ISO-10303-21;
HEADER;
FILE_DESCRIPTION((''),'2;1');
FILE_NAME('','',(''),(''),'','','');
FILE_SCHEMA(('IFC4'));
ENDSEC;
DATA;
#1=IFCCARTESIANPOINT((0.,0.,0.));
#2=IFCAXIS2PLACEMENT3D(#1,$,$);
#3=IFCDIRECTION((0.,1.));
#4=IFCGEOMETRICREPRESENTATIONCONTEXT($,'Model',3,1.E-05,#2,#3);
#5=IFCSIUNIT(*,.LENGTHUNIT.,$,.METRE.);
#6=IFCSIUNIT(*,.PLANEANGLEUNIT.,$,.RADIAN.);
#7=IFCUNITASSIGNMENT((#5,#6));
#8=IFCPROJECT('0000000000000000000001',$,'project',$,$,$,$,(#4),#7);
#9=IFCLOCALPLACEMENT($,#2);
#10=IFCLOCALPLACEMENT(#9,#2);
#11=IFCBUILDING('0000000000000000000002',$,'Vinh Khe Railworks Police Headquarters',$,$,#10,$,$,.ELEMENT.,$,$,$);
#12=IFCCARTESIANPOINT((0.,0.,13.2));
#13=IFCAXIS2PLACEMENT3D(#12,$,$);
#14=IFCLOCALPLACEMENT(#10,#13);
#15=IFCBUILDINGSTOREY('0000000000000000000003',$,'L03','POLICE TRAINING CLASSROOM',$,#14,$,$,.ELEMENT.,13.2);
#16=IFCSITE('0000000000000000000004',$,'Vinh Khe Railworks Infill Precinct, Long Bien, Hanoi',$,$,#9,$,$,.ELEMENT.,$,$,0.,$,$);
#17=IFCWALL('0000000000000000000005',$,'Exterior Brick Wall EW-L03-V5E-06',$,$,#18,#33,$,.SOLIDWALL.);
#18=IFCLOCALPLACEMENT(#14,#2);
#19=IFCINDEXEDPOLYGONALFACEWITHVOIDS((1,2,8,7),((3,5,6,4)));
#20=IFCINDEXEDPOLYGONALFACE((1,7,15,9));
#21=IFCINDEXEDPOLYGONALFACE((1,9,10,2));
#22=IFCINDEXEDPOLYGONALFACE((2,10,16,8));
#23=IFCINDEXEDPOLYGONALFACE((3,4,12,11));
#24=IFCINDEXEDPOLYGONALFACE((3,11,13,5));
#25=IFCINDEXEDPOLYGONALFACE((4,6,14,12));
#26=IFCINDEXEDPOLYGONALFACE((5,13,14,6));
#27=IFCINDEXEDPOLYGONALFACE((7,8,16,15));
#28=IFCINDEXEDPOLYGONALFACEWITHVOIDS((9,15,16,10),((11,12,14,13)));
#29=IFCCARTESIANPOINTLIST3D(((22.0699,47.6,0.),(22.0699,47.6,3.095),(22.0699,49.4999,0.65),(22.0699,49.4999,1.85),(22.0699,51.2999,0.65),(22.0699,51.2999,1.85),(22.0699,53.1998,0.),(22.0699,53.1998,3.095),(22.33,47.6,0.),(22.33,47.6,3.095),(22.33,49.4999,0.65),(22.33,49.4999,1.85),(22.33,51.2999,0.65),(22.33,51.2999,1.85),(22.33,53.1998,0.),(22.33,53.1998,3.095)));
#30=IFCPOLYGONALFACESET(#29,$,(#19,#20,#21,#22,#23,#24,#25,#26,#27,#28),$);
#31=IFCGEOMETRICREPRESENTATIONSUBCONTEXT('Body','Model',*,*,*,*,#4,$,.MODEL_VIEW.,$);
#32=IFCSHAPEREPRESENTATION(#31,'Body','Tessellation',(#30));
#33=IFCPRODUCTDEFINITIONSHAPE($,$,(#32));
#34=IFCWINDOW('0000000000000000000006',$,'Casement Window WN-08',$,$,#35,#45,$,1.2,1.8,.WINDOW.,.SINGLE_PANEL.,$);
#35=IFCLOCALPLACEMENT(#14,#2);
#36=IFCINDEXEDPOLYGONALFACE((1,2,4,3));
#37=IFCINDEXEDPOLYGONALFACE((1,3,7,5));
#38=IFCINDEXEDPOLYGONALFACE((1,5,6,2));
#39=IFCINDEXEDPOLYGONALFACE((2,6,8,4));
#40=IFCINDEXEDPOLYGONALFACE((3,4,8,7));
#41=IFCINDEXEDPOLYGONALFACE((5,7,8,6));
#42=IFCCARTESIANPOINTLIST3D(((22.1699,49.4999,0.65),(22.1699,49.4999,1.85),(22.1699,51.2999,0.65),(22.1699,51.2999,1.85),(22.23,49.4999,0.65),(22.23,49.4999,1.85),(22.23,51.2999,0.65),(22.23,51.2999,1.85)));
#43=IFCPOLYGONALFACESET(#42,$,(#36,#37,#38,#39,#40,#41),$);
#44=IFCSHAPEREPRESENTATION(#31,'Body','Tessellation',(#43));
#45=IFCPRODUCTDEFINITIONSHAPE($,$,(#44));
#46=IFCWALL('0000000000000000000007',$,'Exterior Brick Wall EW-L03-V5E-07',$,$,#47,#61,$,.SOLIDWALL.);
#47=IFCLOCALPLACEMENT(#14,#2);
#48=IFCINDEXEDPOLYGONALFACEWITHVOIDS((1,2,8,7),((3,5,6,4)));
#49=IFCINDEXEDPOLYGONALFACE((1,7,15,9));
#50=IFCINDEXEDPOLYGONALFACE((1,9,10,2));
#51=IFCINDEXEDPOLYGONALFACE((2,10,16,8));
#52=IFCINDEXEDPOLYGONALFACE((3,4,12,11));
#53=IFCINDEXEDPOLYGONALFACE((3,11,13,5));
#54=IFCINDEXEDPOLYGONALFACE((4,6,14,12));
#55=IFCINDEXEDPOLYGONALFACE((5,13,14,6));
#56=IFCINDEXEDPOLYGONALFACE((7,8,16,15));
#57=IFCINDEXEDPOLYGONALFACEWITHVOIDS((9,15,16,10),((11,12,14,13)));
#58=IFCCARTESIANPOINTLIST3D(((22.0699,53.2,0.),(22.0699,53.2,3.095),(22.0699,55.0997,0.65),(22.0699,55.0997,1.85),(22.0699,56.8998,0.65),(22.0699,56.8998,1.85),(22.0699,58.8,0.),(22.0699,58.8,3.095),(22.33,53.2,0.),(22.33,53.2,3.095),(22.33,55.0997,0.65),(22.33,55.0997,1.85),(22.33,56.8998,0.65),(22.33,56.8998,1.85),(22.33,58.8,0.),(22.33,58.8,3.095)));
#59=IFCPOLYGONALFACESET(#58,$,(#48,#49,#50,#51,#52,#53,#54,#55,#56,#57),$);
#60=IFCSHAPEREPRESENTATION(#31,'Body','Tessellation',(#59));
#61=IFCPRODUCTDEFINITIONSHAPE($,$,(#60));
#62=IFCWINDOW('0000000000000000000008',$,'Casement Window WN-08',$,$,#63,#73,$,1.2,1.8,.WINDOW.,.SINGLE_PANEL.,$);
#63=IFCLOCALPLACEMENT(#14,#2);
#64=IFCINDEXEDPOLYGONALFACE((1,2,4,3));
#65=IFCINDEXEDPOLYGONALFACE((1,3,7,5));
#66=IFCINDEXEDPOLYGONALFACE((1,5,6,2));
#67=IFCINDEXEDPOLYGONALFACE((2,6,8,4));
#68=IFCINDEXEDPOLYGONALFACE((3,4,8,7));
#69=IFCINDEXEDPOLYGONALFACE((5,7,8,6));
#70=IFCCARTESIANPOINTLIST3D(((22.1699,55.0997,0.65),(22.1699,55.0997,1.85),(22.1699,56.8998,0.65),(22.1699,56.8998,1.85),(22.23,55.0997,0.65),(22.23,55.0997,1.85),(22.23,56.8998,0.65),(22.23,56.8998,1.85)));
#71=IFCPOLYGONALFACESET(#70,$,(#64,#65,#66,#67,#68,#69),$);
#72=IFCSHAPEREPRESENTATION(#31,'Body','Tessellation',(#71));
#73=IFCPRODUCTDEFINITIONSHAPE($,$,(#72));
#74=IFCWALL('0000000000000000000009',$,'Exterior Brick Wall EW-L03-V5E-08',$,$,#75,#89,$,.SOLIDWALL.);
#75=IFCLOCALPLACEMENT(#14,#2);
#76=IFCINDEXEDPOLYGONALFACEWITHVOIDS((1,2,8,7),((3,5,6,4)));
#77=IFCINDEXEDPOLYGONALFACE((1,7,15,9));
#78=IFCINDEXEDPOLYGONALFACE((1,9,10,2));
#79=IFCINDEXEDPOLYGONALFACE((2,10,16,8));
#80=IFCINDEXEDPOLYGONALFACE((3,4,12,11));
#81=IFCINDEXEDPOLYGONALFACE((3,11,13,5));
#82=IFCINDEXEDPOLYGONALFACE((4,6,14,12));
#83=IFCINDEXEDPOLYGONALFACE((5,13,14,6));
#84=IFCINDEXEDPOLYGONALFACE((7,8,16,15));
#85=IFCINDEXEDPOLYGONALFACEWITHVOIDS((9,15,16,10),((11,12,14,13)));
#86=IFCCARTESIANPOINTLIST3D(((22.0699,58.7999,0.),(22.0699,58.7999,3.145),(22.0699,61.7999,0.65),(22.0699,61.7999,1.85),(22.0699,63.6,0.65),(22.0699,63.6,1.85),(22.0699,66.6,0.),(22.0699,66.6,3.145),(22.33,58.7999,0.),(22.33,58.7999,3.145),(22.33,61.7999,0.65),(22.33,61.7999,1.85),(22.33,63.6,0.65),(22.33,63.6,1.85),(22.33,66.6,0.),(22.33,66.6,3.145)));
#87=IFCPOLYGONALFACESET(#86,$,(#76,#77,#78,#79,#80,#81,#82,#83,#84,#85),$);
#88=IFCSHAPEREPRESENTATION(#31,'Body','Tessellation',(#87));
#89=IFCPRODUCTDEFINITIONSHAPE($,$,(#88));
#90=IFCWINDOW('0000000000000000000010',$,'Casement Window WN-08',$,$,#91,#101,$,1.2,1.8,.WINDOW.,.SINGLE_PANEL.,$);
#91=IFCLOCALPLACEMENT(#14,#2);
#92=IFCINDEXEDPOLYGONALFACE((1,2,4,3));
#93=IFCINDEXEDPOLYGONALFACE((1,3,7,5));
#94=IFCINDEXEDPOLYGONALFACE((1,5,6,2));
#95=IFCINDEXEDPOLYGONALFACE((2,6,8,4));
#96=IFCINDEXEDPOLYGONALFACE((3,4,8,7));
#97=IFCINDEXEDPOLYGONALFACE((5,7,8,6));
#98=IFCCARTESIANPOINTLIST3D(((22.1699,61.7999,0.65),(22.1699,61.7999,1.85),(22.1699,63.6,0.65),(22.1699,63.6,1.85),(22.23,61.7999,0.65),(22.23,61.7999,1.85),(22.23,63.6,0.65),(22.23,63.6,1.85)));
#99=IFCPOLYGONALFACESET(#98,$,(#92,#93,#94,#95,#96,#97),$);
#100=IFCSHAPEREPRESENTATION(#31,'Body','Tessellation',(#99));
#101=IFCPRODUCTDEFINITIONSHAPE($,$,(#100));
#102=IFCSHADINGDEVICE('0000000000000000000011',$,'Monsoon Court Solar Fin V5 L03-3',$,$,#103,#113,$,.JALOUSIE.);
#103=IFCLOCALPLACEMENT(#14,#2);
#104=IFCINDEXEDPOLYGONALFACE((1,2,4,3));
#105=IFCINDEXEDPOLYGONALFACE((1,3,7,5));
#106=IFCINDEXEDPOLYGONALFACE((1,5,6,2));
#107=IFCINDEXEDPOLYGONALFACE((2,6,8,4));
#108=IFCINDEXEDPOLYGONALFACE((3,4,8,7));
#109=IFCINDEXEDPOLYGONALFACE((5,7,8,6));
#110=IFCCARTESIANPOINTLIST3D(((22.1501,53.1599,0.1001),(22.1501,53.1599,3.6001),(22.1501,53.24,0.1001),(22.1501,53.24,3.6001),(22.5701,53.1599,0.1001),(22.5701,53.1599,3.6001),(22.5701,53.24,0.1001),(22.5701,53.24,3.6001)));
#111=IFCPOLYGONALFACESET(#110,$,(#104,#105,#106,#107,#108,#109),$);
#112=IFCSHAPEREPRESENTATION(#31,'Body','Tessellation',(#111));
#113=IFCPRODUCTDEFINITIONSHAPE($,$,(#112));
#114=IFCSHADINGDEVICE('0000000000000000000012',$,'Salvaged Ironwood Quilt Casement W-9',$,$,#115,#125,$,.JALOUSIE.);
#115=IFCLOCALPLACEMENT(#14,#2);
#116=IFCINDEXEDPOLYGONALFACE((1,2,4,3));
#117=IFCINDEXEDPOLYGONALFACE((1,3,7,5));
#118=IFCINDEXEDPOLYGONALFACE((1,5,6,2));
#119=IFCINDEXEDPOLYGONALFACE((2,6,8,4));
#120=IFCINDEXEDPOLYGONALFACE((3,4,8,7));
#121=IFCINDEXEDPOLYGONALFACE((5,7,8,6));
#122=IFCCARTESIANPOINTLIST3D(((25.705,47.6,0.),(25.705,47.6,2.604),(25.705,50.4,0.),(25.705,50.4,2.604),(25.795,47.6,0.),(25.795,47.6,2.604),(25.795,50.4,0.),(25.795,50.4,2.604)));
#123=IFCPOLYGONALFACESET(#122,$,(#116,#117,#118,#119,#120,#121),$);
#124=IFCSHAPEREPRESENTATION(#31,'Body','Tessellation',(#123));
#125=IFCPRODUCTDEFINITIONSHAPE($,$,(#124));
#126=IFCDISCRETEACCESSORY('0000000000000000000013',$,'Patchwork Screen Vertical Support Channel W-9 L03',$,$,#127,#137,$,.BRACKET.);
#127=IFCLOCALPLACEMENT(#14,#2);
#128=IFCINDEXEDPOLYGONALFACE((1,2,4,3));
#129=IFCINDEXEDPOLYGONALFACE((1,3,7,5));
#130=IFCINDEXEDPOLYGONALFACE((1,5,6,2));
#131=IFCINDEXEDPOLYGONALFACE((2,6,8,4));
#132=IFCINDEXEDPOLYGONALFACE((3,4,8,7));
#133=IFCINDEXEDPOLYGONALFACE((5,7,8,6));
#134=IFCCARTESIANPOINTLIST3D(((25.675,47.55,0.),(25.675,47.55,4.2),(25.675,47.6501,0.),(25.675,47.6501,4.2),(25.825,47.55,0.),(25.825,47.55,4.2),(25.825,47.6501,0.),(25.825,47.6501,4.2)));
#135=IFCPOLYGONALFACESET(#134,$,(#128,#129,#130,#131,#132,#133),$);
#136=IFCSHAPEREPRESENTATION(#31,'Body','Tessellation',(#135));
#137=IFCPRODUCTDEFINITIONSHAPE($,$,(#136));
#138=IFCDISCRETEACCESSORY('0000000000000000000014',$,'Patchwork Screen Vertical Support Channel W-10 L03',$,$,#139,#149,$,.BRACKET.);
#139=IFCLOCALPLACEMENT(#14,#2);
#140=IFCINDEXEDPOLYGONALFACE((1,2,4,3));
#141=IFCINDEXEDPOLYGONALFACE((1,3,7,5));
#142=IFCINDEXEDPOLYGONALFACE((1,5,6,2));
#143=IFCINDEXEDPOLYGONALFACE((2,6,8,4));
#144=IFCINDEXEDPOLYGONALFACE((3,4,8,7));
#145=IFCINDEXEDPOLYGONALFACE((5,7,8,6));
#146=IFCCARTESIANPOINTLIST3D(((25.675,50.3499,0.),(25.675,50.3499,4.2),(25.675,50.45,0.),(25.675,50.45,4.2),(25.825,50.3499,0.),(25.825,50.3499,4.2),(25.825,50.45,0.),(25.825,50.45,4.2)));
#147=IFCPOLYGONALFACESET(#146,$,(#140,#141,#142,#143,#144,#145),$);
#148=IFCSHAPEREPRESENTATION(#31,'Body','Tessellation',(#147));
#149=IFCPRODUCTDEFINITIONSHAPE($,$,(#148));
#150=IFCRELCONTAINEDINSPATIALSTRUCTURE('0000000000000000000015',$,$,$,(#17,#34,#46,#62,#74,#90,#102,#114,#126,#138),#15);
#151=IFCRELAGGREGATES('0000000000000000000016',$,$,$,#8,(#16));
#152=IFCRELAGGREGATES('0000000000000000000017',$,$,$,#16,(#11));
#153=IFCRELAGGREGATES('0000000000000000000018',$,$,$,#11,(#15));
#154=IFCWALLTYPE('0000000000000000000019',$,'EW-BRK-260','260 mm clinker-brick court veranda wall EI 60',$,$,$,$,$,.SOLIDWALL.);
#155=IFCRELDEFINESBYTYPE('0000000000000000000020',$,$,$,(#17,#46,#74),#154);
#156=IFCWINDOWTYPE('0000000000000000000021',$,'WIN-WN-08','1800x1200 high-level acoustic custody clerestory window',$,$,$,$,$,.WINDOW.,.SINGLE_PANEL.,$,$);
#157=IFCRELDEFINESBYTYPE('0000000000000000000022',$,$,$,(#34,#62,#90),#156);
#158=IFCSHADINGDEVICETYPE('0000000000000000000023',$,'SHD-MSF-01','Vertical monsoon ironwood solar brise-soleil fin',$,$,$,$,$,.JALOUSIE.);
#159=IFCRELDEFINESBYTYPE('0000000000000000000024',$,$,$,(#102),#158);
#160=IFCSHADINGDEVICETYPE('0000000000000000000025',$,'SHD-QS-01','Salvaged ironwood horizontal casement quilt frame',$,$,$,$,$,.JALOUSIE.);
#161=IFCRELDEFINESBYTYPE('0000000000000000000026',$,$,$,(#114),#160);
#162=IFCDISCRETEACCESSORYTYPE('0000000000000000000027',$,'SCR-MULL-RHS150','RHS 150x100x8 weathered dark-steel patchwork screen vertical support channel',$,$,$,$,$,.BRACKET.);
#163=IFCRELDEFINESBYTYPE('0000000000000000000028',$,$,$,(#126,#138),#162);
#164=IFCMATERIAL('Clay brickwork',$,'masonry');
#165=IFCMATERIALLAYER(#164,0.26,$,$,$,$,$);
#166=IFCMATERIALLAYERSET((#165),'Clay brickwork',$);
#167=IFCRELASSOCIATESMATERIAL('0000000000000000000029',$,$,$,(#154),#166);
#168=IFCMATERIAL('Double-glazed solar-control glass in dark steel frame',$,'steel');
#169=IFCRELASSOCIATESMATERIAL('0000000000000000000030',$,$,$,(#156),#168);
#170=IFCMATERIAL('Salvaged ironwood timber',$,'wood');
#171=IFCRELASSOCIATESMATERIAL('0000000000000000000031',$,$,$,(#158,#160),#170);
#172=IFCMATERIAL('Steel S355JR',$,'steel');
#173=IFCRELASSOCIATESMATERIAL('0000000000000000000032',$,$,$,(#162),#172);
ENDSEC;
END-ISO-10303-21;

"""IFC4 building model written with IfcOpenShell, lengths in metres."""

from ifc_helpers import new_model, si_unit, direction, frame, frame_2d, origin, origin_2d, place, context, subcontext, project, spatial, rectangle, extrude, material, layer, layer_set, type_object, element, fill, save


model = new_model("IFC4")

# Units and contexts
model_context = context("Model", 3, precision=1e-05, world=origin(), true_north=direction((0.0, 1.0)))
body_context = subcontext(model_context, "Body", "Model", "MODEL_VIEW")
ifc_project = project(units=[si_unit("LENGTHUNIT", "METRE"), si_unit("PLANEANGLEUNIT", "RADIAN")], contexts=[model_context])

# Site, building, storey
site_placement = place(None, origin())
site = spatial("IfcSite", under=ifc_project, at=site_placement, Name="Vinh Khe Railworks Infill Precinct, Long Bien, Hanoi", CompositionType="ELEMENT", RefElevation=0.0)
building_placement = place(site_placement, origin())
building = spatial("IfcBuilding", under=site, at=building_placement, Name="Vinh Khe Railworks Police Headquarters", CompositionType="ELEMENT")
storey_placement = place(building_placement, frame((0.0, 0.0, 13.2)))
storey = spatial("IfcBuildingStorey", under=building, at=storey_placement, Name="L03", Description="POLICE TRAINING CLASSROOM", CompositionType="ELEMENT", Elevation=13.2)

# Shared definitions
ifc_material_1 = material(Name="Steel S355JR", Category="steel")

# Shared definitions
ifc_material_2 = material(Name="Salvaged ironwood timber", Category="wood")

# Walls, openings, windows
ifc_material_3 = material(Name="Clay brickwork", Category="masonry")
ifc_layer = layer(ifc_material_3, 0.26)
ifc_layer_set = layer_set([ifc_layer], Name="Clay brickwork")
wall_type = type_object("IfcWallType", Name="EW-BRK-260", Description="260 mm clinker-brick court veranda wall EI 60", PredefinedType="SOLIDWALL", material=ifc_layer_set)
wall_1_placement = place(storey_placement, frame((22.2, 47.6001, 0.0), z_axis=(0.0, 0.0, 1.0), x_axis=(0.0, 1.0, 0.0)))
wall_1 = element("IfcWall", 1, at=wall_1_placement, inside=storey, type_object=wall_type, Name="Exterior Brick Wall EW-L03-V5E-06", PredefinedType="SOLIDWALL", context=body_context, shape_type="SweptSolid", body=[
    extrude(rectangle(XDim=5.5999, YDim=0.26, at=frame_2d((2.7998, 0.0))), origin(), (0.0, 0.0, 1.0), 3.095),
])
opening_1_placement = place(wall_1_placement, frame((1.8999, 0.0, 0.6499)))
opening_1 = element("IfcOpeningElement", 2, at=opening_1_placement, cuts=wall_1, PredefinedType="OPENING", context=body_context, shape_type="SweptSolid", body=[
    extrude(rectangle(XDim=1.8, YDim=1.2, at=frame_2d((0.8999, 0.6001))), frame((0.0, 0.145, 0.0), z_axis=(0.0, -1.0, 0.0), x_axis=(1.0, 0.0, 0.0)), (0.0, 0.0, 1.0), 0.2898),
])
ifc_material_4 = material(Name="Double-glazed solar-control glass in dark steel frame", Category="steel")
window_type = type_object("IfcWindowType", Name="WIN-WN-08", Description="1800x1200 high-level acoustic custody clerestory window", PartitioningType="SINGLE_PANEL", PredefinedType="WINDOW", material=ifc_material_4)
window_1_placement = place(opening_1_placement, origin())
window_1 = element("IfcWindow", 3, at=window_1_placement, inside=storey, type_object=window_type, Name="Casement Window WN-08", OverallHeight=1.2, OverallWidth=1.8, PartitioningType="SINGLE_PANEL", PredefinedType="WINDOW", context=body_context, shape_type="SweptSolid", body=[
    extrude(rectangle(XDim=1.8, YDim=1.2, at=frame_2d((0.8999, 0.6001))), frame((0.0, 0.03, 0.0), z_axis=(0.0, -1.0, 0.0), x_axis=(1.0, 0.0, 0.0)), (0.0, 0.0, 1.0), 0.0601),
])
fill(opening_1, window_1)
wall_2_placement = place(storey_placement, frame((22.2, 53.2, 0.0), z_axis=(0.0, 0.0, 1.0), x_axis=(0.0, 1.0, 0.0)))
wall_2 = element("IfcWall", 4, at=wall_2_placement, inside=storey, type_object=wall_type, Name="Exterior Brick Wall EW-L03-V5E-07", PredefinedType="SOLIDWALL", context=body_context, shape_type="SweptSolid", body=[
    extrude(rectangle(XDim=5.6001, YDim=0.26, at=frame_2d((2.8, 0.0))), origin(), (0.0, 0.0, 1.0), 3.095),
])
opening_2_placement = place(wall_2_placement, frame((1.8999, 0.0, 0.6499)))
opening_2 = element("IfcOpeningElement", 5, at=opening_2_placement, cuts=wall_2, PredefinedType="OPENING", context=body_context, shape_type="SweptSolid", body=[
    extrude(rectangle(XDim=1.8, YDim=1.2, at=frame_2d((0.8999, 0.6001))), frame((0.0, 0.145, 0.0), z_axis=(0.0, -1.0, 0.0), x_axis=(1.0, 0.0, 0.0)), (0.0, 0.0, 1.0), 0.2898),
])
window_2_placement = place(opening_2_placement, origin())
window_2 = element("IfcWindow", 6, at=window_2_placement, inside=storey, type_object=window_type, Name="Casement Window WN-08", OverallHeight=1.2, OverallWidth=1.8, PartitioningType="SINGLE_PANEL", PredefinedType="WINDOW", context=body_context, shape_type="SweptSolid", body=[
    extrude(rectangle(XDim=1.8, YDim=1.2, at=frame_2d((0.8999, 0.6001))), frame((0.0, 0.03, 0.0), z_axis=(0.0, -1.0, 0.0), x_axis=(1.0, 0.0, 0.0)), (0.0, 0.0, 1.0), 0.0601),
])
fill(opening_2, window_2)
wall_3_placement = place(storey_placement, frame((22.2, 58.8, 0.0), z_axis=(0.0, 0.0, 1.0), x_axis=(0.0, 1.0, 0.0)))
wall_3 = element("IfcWall", 7, at=wall_3_placement, inside=storey, type_object=wall_type, Name="Exterior Brick Wall EW-L03-V5E-08", PredefinedType="SOLIDWALL", context=body_context, shape_type="SweptSolid", body=[
    extrude(rectangle(XDim=7.8, YDim=0.26, at=frame_2d((3.8999, 0.0))), origin(), (0.0, 0.0, 1.0), 3.145),
])
opening_3_placement = place(wall_3_placement, frame((3.0, 0.0, 0.6499)))
opening_3 = element("IfcOpeningElement", 8, at=opening_3_placement, cuts=wall_3, PredefinedType="OPENING", context=body_context, shape_type="SweptSolid", body=[
    extrude(rectangle(XDim=1.8, YDim=1.2, at=frame_2d((0.8999, 0.6001))), frame((0.0, 0.145, 0.0), z_axis=(0.0, -1.0, 0.0), x_axis=(1.0, 0.0, 0.0)), (0.0, 0.0, 1.0), 0.2898),
])
window_3_placement = place(opening_3_placement, origin())
window_3 = element("IfcWindow", 9, at=window_3_placement, inside=storey, type_object=window_type, Name="Casement Window WN-08", OverallHeight=1.2, OverallWidth=1.8, PartitioningType="SINGLE_PANEL", PredefinedType="WINDOW", context=body_context, shape_type="SweptSolid", body=[
    extrude(rectangle(XDim=1.8, YDim=1.2, at=frame_2d((0.8999, 0.6001))), frame((0.0, 0.03, 0.0), z_axis=(0.0, -1.0, 0.0), x_axis=(1.0, 0.0, 0.0)), (0.0, 0.0, 1.0), 0.0601),
])
fill(opening_3, window_3)

# Shading devices
shading_device_type_1 = type_object("IfcShadingDeviceType", Name="SHD-MSF-01", Description="Vertical monsoon ironwood solar brise-soleil fin", PredefinedType="JALOUSIE", material=ifc_material_2)
shading_device_1_placement = place(storey_placement, frame((22.3601, 53.2, 0.1001), z_axis=(0.0, 0.0, 1.0), x_axis=(1.0, 0.0, 0.0)))
element("IfcShadingDevice", 10, at=shading_device_1_placement, inside=storey, type_object=shading_device_type_1, Name="Monsoon Court Solar Fin V5 L03-3", PredefinedType="JALOUSIE", context=body_context, shape_type="SweptSolid", body=[
    extrude(rectangle(XDim=0.4199, YDim=0.0801, at=origin_2d()), origin(), (0.0, 0.0, 1.0), 3.5),
])
shading_device_type_2 = type_object("IfcShadingDeviceType", Name="SHD-QS-01", Description="Salvaged ironwood horizontal casement quilt frame", PredefinedType="JALOUSIE", material=ifc_material_2)
shading_device_2_placement = place(storey_placement, frame((25.75, 49.0, 0.0), z_axis=(0.0, 0.0, 1.0), x_axis=(0.0, 1.0, 0.0)))
element("IfcShadingDevice", 11, at=shading_device_2_placement, inside=storey, type_object=shading_device_type_2, Name="Salvaged Ironwood Quilt Casement W-9", PredefinedType="JALOUSIE", context=body_context, shape_type="SweptSolid", body=[
    extrude(rectangle(XDim=2.8, YDim=0.0901, at=origin_2d()), origin(), (0.0, 0.0, 1.0), 2.604),
])

# Discrete accessories
discrete_accessory_type = type_object("IfcDiscreteAccessoryType", Name="SCR-MULL-RHS150", Description="RHS 150x100x8 weathered dark-steel patchwork screen vertical support channel", PredefinedType="BRACKET", material=ifc_material_1)
for number, where, z_axis, x_axis, name in (
    (12, (25.75, 47.6001, 0.0), (0.0, 0.0, 1.0), (1.0, 0.0, 0.0), "Patchwork Screen Vertical Support Channel W-9 L03"),
    (13, (25.75, 50.3999, 0.0), (0.0, 0.0, 1.0), (1.0, 0.0, 0.0), "Patchwork Screen Vertical Support Channel W-10 L03"),
):
    element("IfcDiscreteAccessory", number, at=place(storey_placement, frame(where, z_axis=z_axis, x_axis=x_axis)), inside=storey, type_object=discrete_accessory_type, Name=name, PredefinedType="BRACKET", context=body_context, shape_type="SweptSolid", body=[
        extrude(rectangle(XDim=0.1499, YDim=0.1001, at=origin_2d()), origin(), (0.0, 0.0, 1.0), 4.2),
    ])

save(model, "model.ifc")
